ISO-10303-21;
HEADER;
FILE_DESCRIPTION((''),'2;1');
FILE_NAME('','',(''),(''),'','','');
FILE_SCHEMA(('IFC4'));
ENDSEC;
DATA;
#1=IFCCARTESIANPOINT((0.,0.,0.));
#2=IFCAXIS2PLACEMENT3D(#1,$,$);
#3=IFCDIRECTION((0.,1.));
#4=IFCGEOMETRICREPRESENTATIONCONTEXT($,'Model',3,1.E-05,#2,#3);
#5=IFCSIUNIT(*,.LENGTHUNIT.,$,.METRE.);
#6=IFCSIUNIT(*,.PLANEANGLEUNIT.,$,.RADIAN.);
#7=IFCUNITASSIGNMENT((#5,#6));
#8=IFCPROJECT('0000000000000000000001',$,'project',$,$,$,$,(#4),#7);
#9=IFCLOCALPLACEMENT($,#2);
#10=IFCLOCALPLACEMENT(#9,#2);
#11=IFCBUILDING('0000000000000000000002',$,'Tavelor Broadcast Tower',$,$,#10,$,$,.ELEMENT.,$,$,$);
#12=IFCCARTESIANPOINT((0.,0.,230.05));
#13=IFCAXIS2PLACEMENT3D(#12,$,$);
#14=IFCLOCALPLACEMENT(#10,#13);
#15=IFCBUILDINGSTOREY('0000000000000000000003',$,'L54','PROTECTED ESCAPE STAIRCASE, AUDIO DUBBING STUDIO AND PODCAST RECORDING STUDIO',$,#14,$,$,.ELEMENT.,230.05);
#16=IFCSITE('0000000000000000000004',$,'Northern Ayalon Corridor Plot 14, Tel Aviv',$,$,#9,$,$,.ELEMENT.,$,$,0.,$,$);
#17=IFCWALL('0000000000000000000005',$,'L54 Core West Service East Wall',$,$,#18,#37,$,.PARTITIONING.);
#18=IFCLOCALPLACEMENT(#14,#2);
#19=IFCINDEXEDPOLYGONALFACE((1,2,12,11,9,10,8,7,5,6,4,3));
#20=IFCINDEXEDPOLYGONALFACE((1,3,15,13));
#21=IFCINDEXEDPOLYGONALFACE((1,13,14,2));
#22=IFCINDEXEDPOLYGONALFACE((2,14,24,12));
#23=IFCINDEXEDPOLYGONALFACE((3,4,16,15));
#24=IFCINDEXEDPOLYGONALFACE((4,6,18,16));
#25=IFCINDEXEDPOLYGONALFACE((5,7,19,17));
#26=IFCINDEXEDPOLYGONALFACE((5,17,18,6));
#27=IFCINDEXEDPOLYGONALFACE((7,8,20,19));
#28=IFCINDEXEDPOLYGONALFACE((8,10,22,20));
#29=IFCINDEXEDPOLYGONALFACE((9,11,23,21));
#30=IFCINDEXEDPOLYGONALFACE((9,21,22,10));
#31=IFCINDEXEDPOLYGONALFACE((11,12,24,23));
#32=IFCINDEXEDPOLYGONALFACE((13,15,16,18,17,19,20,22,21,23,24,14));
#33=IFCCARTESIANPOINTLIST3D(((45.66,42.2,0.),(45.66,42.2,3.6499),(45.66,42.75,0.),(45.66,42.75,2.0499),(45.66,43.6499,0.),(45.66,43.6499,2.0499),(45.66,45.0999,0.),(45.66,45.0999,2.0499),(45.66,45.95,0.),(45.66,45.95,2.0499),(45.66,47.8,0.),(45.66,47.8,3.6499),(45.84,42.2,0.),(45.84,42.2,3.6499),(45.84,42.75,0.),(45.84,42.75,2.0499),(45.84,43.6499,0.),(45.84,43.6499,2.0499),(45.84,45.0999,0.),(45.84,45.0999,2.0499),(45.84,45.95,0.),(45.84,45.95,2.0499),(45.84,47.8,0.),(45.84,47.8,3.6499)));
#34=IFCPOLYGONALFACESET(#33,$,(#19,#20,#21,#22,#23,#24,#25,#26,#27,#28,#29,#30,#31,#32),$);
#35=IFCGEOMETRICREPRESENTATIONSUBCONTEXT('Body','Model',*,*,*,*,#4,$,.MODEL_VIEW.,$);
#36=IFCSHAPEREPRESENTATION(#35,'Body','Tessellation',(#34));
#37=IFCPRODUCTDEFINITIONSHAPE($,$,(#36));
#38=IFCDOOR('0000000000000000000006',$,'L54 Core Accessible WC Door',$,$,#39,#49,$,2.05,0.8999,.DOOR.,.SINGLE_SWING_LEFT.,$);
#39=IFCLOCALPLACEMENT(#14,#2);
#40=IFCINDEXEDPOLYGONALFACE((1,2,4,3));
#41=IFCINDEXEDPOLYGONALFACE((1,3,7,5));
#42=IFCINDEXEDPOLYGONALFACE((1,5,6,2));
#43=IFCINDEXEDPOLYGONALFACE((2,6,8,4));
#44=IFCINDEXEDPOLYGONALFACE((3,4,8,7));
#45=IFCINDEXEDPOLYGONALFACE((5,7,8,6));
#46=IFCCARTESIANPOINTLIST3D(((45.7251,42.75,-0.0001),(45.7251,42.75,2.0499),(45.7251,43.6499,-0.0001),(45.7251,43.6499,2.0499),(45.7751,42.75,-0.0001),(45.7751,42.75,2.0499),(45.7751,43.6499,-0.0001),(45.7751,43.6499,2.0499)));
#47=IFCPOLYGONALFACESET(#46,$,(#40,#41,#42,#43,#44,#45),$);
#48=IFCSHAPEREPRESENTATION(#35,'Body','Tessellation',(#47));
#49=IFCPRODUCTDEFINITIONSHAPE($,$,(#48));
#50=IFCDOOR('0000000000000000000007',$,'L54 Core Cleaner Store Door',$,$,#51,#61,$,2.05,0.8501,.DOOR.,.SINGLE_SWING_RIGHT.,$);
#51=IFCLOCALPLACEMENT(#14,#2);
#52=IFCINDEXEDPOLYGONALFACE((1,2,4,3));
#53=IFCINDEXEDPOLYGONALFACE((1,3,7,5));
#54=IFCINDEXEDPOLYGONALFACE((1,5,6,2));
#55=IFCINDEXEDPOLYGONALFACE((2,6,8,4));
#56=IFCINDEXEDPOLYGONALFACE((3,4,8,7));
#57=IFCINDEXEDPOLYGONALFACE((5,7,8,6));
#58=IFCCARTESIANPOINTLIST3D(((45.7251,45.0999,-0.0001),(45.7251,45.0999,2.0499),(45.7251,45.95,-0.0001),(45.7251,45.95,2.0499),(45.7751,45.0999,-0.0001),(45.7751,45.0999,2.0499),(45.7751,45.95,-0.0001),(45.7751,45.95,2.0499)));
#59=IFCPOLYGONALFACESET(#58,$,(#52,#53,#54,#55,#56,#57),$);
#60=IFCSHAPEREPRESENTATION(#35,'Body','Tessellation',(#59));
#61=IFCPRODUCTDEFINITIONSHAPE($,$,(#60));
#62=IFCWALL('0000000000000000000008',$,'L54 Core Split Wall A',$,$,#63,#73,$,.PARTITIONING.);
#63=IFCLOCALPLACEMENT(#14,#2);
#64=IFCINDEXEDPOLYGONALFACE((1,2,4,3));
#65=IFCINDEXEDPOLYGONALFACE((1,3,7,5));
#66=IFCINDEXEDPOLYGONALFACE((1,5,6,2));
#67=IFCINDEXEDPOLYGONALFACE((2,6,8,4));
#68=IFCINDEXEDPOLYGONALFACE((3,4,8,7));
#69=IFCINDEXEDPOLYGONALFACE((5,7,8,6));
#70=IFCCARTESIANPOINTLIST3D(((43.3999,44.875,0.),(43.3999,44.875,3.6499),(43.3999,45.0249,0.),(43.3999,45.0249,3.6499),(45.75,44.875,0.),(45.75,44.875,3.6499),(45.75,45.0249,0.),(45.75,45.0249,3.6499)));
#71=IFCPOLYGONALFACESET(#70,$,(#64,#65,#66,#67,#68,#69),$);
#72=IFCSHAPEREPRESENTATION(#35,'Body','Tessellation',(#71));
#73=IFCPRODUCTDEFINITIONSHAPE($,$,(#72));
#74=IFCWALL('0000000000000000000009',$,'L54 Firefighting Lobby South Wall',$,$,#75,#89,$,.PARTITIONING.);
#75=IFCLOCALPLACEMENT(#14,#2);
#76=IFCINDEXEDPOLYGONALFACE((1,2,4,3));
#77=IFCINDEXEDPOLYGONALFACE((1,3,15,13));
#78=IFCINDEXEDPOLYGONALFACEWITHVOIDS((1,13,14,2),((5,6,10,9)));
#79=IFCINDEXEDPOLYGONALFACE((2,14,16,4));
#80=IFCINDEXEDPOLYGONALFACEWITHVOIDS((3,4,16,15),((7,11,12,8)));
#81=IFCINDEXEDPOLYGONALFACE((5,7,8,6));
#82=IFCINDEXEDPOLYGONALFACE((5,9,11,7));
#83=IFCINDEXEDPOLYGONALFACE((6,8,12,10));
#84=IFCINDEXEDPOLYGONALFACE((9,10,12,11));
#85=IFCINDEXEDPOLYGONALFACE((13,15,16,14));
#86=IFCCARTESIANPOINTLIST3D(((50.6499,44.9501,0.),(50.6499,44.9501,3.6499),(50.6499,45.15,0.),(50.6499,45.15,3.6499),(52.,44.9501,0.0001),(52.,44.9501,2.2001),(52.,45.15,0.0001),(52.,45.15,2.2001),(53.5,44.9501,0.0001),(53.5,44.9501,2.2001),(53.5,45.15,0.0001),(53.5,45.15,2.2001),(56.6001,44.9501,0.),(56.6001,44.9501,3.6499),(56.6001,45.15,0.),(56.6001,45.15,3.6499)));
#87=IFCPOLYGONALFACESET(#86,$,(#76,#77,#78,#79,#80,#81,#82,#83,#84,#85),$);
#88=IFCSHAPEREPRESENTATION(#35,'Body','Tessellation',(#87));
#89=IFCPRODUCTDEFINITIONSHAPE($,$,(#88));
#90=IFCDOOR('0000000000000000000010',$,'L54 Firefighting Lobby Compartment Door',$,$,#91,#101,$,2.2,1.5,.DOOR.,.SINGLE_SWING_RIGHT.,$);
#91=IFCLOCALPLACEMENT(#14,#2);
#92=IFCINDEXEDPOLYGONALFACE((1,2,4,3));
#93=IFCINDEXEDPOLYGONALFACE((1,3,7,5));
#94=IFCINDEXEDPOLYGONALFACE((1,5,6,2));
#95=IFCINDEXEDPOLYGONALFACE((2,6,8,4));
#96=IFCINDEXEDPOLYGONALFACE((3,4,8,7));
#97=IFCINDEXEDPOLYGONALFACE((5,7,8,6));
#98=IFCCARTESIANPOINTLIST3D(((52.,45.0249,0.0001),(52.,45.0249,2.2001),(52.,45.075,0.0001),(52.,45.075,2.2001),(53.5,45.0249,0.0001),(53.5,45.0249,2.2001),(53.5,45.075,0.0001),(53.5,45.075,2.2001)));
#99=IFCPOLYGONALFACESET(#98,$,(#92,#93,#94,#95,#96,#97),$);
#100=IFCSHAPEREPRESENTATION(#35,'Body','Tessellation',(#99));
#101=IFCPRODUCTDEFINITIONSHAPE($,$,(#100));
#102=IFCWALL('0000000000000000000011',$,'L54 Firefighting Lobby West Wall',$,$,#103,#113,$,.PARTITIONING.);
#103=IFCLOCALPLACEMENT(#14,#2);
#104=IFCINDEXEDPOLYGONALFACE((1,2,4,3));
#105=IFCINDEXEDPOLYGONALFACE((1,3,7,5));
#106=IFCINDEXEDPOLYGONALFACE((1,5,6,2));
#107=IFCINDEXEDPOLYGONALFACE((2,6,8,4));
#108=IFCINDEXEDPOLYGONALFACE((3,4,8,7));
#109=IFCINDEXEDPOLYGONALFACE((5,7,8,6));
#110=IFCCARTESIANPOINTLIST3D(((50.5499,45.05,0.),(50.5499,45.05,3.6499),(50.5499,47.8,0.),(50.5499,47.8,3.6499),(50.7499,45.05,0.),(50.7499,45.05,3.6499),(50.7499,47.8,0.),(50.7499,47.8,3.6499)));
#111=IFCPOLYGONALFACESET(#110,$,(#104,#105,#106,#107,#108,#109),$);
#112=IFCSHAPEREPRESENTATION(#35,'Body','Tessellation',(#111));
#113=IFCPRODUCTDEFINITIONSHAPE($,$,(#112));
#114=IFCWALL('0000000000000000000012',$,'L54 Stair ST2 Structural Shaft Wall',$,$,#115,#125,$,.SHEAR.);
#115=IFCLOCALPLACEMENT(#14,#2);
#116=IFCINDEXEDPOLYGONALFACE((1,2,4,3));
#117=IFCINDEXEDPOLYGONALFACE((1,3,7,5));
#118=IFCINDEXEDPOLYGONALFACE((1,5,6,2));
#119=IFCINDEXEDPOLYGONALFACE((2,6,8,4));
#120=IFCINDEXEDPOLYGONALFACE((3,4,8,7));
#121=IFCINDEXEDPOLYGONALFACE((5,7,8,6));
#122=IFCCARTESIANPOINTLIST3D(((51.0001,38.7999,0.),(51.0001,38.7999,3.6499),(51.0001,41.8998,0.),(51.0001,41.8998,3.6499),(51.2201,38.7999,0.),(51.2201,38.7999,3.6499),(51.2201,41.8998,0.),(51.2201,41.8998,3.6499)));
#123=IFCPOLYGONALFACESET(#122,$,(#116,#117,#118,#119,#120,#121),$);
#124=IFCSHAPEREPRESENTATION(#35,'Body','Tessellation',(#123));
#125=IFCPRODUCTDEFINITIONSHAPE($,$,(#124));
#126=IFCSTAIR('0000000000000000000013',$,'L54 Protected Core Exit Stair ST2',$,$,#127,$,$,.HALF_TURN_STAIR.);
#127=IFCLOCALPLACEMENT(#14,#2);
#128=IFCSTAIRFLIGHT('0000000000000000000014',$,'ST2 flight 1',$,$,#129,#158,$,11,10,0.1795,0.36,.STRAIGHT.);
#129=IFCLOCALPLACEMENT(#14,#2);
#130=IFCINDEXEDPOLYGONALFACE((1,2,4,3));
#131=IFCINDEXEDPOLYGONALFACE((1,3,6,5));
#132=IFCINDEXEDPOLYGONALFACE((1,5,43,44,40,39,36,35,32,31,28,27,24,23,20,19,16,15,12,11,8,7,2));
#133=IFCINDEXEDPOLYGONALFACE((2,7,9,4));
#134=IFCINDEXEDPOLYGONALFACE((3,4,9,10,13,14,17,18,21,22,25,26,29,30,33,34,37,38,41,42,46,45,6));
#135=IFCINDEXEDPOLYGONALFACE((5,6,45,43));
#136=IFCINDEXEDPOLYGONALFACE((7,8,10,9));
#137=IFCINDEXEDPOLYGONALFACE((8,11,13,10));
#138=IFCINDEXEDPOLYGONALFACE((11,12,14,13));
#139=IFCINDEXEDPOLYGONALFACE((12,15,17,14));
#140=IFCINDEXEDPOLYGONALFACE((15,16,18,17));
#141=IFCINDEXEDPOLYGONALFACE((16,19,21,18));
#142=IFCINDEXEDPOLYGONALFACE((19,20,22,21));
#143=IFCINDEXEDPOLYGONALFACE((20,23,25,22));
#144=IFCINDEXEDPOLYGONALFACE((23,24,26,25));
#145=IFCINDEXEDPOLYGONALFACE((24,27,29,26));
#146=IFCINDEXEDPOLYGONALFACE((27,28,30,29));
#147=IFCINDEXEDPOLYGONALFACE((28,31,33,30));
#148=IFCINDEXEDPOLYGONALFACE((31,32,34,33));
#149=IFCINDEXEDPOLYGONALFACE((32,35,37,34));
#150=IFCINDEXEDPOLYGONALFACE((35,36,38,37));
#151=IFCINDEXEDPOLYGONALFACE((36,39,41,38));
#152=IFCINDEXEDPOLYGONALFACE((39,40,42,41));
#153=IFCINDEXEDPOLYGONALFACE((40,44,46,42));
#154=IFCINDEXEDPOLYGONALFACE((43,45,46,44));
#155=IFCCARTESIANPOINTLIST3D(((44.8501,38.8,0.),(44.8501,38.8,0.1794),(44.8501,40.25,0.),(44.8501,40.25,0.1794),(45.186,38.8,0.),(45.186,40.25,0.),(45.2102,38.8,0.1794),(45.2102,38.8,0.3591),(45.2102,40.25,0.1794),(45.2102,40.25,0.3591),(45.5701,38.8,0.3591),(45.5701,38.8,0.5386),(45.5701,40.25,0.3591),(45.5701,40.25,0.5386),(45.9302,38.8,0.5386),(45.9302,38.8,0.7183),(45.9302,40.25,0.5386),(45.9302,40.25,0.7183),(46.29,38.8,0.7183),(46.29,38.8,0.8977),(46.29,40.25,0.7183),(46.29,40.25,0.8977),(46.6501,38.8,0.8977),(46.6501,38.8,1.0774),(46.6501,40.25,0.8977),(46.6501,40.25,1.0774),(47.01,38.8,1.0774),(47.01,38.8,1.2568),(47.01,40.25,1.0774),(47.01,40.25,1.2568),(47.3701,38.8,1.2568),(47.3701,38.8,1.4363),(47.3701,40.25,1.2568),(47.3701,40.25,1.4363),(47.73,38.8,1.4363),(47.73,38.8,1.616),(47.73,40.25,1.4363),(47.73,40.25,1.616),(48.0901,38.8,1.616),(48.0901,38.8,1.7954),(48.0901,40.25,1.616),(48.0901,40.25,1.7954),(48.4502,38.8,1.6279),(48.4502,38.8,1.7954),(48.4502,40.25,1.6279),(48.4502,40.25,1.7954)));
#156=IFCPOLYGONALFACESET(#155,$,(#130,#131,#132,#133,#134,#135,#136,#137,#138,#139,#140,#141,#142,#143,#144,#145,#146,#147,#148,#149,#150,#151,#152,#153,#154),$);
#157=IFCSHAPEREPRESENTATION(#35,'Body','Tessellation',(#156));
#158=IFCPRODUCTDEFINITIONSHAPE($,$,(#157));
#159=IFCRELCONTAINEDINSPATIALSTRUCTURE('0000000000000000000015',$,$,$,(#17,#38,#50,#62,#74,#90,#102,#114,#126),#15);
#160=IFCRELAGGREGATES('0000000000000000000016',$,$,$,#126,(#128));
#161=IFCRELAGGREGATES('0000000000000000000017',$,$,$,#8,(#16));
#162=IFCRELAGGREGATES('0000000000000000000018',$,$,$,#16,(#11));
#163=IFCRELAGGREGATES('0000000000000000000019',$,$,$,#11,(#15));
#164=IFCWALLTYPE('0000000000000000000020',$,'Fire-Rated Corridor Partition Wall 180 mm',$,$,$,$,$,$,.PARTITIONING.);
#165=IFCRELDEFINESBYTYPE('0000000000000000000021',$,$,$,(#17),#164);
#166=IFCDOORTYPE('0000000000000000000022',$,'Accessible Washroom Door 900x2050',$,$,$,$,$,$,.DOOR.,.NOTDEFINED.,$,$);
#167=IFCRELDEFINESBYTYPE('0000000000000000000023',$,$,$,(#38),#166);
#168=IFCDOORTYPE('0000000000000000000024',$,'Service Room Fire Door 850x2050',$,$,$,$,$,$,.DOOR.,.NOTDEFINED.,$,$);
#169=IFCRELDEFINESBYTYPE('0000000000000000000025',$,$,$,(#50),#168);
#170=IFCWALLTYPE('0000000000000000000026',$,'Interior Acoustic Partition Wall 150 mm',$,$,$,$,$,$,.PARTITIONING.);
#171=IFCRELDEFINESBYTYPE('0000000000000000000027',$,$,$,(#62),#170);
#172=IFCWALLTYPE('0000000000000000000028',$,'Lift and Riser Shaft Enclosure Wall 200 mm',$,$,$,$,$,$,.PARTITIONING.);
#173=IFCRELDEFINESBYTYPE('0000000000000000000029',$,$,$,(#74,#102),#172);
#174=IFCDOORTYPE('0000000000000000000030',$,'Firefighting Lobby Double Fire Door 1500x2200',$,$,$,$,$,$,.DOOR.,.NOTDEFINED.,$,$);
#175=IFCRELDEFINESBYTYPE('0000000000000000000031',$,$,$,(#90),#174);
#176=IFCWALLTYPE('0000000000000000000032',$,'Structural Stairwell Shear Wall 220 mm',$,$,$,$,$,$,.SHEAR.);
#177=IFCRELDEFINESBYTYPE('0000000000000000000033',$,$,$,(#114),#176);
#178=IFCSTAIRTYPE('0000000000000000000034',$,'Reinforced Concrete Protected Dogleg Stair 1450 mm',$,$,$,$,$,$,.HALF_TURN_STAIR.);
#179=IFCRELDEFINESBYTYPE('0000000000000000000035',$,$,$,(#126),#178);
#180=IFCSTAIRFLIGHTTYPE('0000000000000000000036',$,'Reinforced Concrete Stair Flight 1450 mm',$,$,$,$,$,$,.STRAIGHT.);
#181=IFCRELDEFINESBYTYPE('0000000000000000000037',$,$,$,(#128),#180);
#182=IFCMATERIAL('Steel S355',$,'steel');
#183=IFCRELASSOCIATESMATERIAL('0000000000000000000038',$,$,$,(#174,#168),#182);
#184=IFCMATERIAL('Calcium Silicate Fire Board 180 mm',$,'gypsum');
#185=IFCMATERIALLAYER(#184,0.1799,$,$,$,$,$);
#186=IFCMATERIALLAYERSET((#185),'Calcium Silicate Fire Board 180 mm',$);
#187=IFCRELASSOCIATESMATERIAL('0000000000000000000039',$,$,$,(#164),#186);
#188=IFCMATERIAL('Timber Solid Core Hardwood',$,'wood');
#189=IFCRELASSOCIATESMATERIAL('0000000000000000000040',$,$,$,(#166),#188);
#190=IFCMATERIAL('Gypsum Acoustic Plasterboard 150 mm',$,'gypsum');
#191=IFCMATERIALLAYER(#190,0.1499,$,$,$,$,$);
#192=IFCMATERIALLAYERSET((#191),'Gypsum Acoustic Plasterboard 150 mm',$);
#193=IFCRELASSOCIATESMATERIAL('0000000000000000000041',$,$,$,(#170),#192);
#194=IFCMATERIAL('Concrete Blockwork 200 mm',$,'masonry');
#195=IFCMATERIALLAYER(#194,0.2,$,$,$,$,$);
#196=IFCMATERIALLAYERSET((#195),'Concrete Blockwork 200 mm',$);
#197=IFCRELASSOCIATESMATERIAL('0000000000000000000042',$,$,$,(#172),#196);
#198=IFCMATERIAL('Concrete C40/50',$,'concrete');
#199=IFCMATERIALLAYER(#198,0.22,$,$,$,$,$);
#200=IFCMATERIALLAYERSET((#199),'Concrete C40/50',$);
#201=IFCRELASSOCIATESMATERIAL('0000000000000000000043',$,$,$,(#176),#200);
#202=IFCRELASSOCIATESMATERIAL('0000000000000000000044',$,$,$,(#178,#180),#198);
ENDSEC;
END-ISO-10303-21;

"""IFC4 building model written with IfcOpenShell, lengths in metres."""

from ifc_helpers import new_model, si_unit, direction, frame, frame_2d, origin, place, context, subcontext, project, spatial, polyline, rectangle, outline, extrude, material, layer, layer_set, type_object, element, fill, aggregate, save


model = new_model("IFC4")

# Units and contexts
model_context = context("Model", 3, precision=1e-05, world=origin(), true_north=direction((0.0, 1.0)))
body_context = subcontext(model_context, "Body", "Model", "MODEL_VIEW")
ifc_project = project(units=[si_unit("LENGTHUNIT", "METRE"), si_unit("PLANEANGLEUNIT", "RADIAN")], contexts=[model_context])

# Site, building, storey
site_placement = place(None, origin())
site = spatial("IfcSite", under=ifc_project, at=site_placement, Name="Northern Ayalon Corridor Plot 14, Tel Aviv", CompositionType="ELEMENT", RefElevation=0.0)
building_placement = place(site_placement, origin())
building = spatial("IfcBuilding", under=site, at=building_placement, Name="Tavelor Broadcast Tower", CompositionType="ELEMENT")
storey_placement = place(building_placement, frame((0.0, 0.0, 230.05)))
storey = spatial("IfcBuildingStorey", under=building, at=storey_placement, Name="L54", Description="PROTECTED ESCAPE STAIRCASE, AUDIO DUBBING STUDIO AND PODCAST RECORDING STUDIO", CompositionType="ELEMENT", Elevation=230.05)

# Shared definitions
ifc_material_1 = material(Name="Concrete C40/50", Category="concrete")
ifc_material_2 = material(Name="Steel S355", Category="steel")

# Shared definitions
door_type_1 = type_object("IfcDoorType", Name="Firefighting Lobby Double Fire Door 1500x2200", OperationType="NOTDEFINED", PredefinedType="DOOR", material=ifc_material_2)

# Wall, openings, doors
ifc_material_3 = material(Name="Calcium Silicate Fire Board 180 mm", Category="gypsum")
ifc_layer_1 = layer(ifc_material_3, 0.1799)
ifc_layer_set_1 = layer_set([ifc_layer_1], Name="Calcium Silicate Fire Board 180 mm")
wall_type_1 = type_object("IfcWallType", Name="Fire-Rated Corridor Partition Wall 180 mm", PredefinedType="PARTITIONING", material=ifc_layer_set_1)
wall_1_placement = place(storey_placement, frame((45.75, 42.2, 0.0), z_axis=(0.0, 0.0, 1.0), x_axis=(0.0, 1.0, 0.0)))
wall_1 = element("IfcWall", 1, at=wall_1_placement, inside=storey, type_object=wall_type_1, Name="L54 Core West Service East Wall", PredefinedType="PARTITIONING", context=body_context, shape_type="SweptSolid", body=[
    extrude(rectangle(XDim=5.6001, YDim=0.1799, at=frame_2d((2.8, 0.0))), origin(), (0.0, 0.0, 1.0), 3.6499),
])
opening_1_placement = place(wall_1_placement, frame((0.55, 0.0, 0.0)))
opening_1 = element("IfcOpeningElement", 2, at=opening_1_placement, cuts=wall_1, PredefinedType="OPENING", context=body_context, shape_type="SweptSolid", body=[
    extrude(rectangle(XDim=0.8999, YDim=2.05, at=frame_2d((0.45, 1.0249))), frame((0.0, 0.1001, 0.0), z_axis=(0.0, -1.0, 0.0), x_axis=(1.0, 0.0, 0.0)), (0.0, 0.0, 1.0), 0.2),
])
opening_2_placement = place(wall_1_placement, frame((2.8999, 0.0, 0.0)))
opening_2 = element("IfcOpeningElement", 3, at=opening_2_placement, cuts=wall_1, PredefinedType="OPENING", context=body_context, shape_type="SweptSolid", body=[
    extrude(rectangle(XDim=0.8501, YDim=2.05, at=frame_2d((0.425, 1.0249))), frame((0.0, 0.1001, 0.0), z_axis=(0.0, -1.0, 0.0), x_axis=(1.0, 0.0, 0.0)), (0.0, 0.0, 1.0), 0.2),
])
ifc_material_4 = material(Name="Timber Solid Core Hardwood", Category="wood")
door_type_2 = type_object("IfcDoorType", Name="Accessible Washroom Door 900x2050", OperationType="NOTDEFINED", PredefinedType="DOOR", material=ifc_material_4)
door_1_placement = place(opening_1_placement, origin())
door_1 = element("IfcDoor", 4, at=door_1_placement, inside=storey, type_object=door_type_2, Name="L54 Core Accessible WC Door", OperationType="SINGLE_SWING_LEFT", OverallHeight=2.05, OverallWidth=0.8999, PredefinedType="DOOR", context=body_context, shape_type="SweptSolid", body=[
    extrude(rectangle(XDim=0.8999, YDim=2.05, at=frame_2d((0.45, 1.0249))), frame((0.0, 0.0249, 0.0), z_axis=(0.0, -1.0, 0.0), x_axis=(1.0, 0.0, 0.0)), (0.0, 0.0, 1.0), 0.05),
])
fill(opening_1, door_1)
door_type_3 = type_object("IfcDoorType", Name="Service Room Fire Door 850x2050", OperationType="NOTDEFINED", PredefinedType="DOOR", material=ifc_material_2)
door_2_placement = place(opening_2_placement, origin())
door_2 = element("IfcDoor", 5, at=door_2_placement, inside=storey, type_object=door_type_3, Name="L54 Core Cleaner Store Door", OperationType="SINGLE_SWING_RIGHT", OverallHeight=2.05, OverallWidth=0.8501, PredefinedType="DOOR", context=body_context, shape_type="SweptSolid", body=[
    extrude(rectangle(XDim=0.8501, YDim=2.05, at=frame_2d((0.425, 1.0249))), frame((0.0, 0.0249, 0.0), z_axis=(0.0, -1.0, 0.0), x_axis=(1.0, 0.0, 0.0)), (0.0, 0.0, 1.0), 0.05),
])
fill(opening_2, door_2)

# Wall
ifc_material_5 = material(Name="Gypsum Acoustic Plasterboard 150 mm", Category="gypsum")
ifc_layer_2 = layer(ifc_material_5, 0.1499)
ifc_layer_set_2 = layer_set([ifc_layer_2], Name="Gypsum Acoustic Plasterboard 150 mm")
wall_type_2 = type_object("IfcWallType", Name="Interior Acoustic Partition Wall 150 mm", PredefinedType="PARTITIONING", material=ifc_layer_set_2)
wall_2_placement = place(storey_placement, frame((43.3999, 44.95, 0.0), z_axis=(0.0, 0.0, 1.0), x_axis=(1.0, 0.0, 0.0)))
element("IfcWall", 6, at=wall_2_placement, inside=storey, type_object=wall_type_2, Name="L54 Core Split Wall A", PredefinedType="PARTITIONING", context=body_context, shape_type="SweptSolid", body=[
    extrude(rectangle(XDim=2.3501, YDim=0.1499, at=frame_2d((1.175, 0.0))), origin(), (0.0, 0.0, 1.0), 3.6499),
])

# Wall, opening, door
ifc_material_6 = material(Name="Concrete Blockwork 200 mm", Category="masonry")
ifc_layer_3 = layer(ifc_material_6, 0.2)
ifc_layer_set_3 = layer_set([ifc_layer_3], Name="Concrete Blockwork 200 mm")
wall_type_3 = type_object("IfcWallType", Name="Lift and Riser Shaft Enclosure Wall 200 mm", PredefinedType="PARTITIONING", material=ifc_layer_set_3)
wall_3_placement = place(storey_placement, frame((50.6499, 45.05, 0.0), z_axis=(0.0, 0.0, 1.0), x_axis=(1.0, 0.0, 0.0)))
wall_3 = element("IfcWall", 7, at=wall_3_placement, inside=storey, type_object=wall_type_3, Name="L54 Firefighting Lobby South Wall", PredefinedType="PARTITIONING", context=body_context, shape_type="SweptSolid", body=[
    extrude(rectangle(XDim=5.9502, YDim=0.2, at=frame_2d((2.9751, 0.0))), origin(), (0.0, 0.0, 1.0), 3.6499),
])
opening_3_placement = place(wall_3_placement, frame((1.3501, 0.0, 0.0)))
opening_3 = element("IfcOpeningElement", 8, at=opening_3_placement, cuts=wall_3, PredefinedType="OPENING", context=body_context, shape_type="SweptSolid", body=[
    extrude(rectangle(XDim=1.5, YDim=2.2, at=frame_2d((0.75, 1.1001))), frame((0.0, 0.1099, 0.0), z_axis=(0.0, -1.0, 0.0), x_axis=(1.0, 0.0, 0.0)), (0.0, 0.0, 1.0), 0.22),
])
door_3_placement = place(opening_3_placement, origin())
door_3 = element("IfcDoor", 9, at=door_3_placement, inside=storey, type_object=door_type_1, Name="L54 Firefighting Lobby Compartment Door", OperationType="SINGLE_SWING_RIGHT", OverallHeight=2.2, OverallWidth=1.5, PredefinedType="DOOR", context=body_context, shape_type="SweptSolid", body=[
    extrude(rectangle(XDim=1.5, YDim=2.2, at=frame_2d((0.75, 1.1001))), frame((0.0, 0.0249, 0.0), z_axis=(0.0, -1.0, 0.0), x_axis=(1.0, 0.0, 0.0)), (0.0, 0.0, 1.0), 0.05),
])
fill(opening_3, door_3)

# Walls
wall_4_placement = place(storey_placement, frame((50.6499, 45.05, 0.0), z_axis=(0.0, 0.0, 1.0), x_axis=(0.0, 1.0, 0.0)))
element("IfcWall", 10, at=wall_4_placement, inside=storey, type_object=wall_type_3, Name="L54 Firefighting Lobby West Wall", PredefinedType="PARTITIONING", context=body_context, shape_type="SweptSolid", body=[
    extrude(rectangle(XDim=2.75, YDim=0.2, at=frame_2d((1.375, 0.0))), origin(), (0.0, 0.0, 1.0), 3.6499),
])
ifc_layer_4 = layer(ifc_material_1, 0.22)
ifc_layer_set_4 = layer_set([ifc_layer_4], Name="Concrete C40/50")
wall_type_4 = type_object("IfcWallType", Name="Structural Stairwell Shear Wall 220 mm", PredefinedType="SHEAR", material=ifc_layer_set_4)
wall_5_placement = place(storey_placement, frame((51.1101, 38.8, 0.0), z_axis=(0.0, 0.0, 1.0), x_axis=(0.0, 1.0, 0.0)))
element("IfcWall", 11, at=wall_5_placement, inside=storey, type_object=wall_type_4, Name="L54 Stair ST2 Structural Shaft Wall", PredefinedType="SHEAR", context=body_context, shape_type="SweptSolid", body=[
    extrude(rectangle(XDim=3.0999, YDim=0.22, at=frame_2d((1.5498, 0.0))), origin(), (0.0, 0.0, 1.0), 3.6499),
])

# Stair, stair flight
stair_type = type_object("IfcStairType", Name="Reinforced Concrete Protected Dogleg Stair 1450 mm", PredefinedType="HALF_TURN_STAIR", material=ifc_material_1)
stair_placement = place(storey_placement, origin())
stair = element("IfcStair", 12, at=stair_placement, inside=storey, type_object=stair_type, Name="L54 Protected Core Exit Stair ST2", PredefinedType="HALF_TURN_STAIR")
stair_flight_type = type_object("IfcStairFlightType", Name="Reinforced Concrete Stair Flight 1450 mm", PredefinedType="STRAIGHT", material=ifc_material_1)
stair_flight_1_placement = place(storey_placement, frame((44.8501, 39.5249, 0.0), z_axis=(0.0, 0.0, 1.0), x_axis=(1.0, 0.0, 0.0)))
stair_flight_1 = element("IfcStairFlight", 13, at=stair_flight_1_placement, type_object=stair_flight_type, Name="ST2 flight 1", NumberOfRisers=11, NumberOfTreads=10, PredefinedType="STRAIGHT", RiserHeight=0.1795, TreadLength=0.36, context=body_context, shape_type="SweptSolid", body=[
    extrude(outline(polyline([(0.0, 0.0), (0.0, 0.1794), (0.3601, 0.1794), (0.3601, 0.3591), (0.72, 0.3591), (0.72, 0.5386), (1.0801, 0.5386), (1.0801, 0.7183), (1.4399, 0.7183), (1.4399, 0.8977), (1.8, 0.8977), (1.8, 1.0774), (2.1599, 1.0774), (2.1599, 1.2568), (2.52, 1.2568), (2.52, 1.4363), (2.8799, 1.4363), (2.8799, 1.616), (3.24, 1.616), (3.24, 1.7954), (3.6001, 1.7954), (3.6001, 1.9751), (3.6001, 1.6279), (0.3359, 0.0), (0.0, 0.0)])), frame((0.0, 0.7251, 0.0), z_axis=(0.0, -1.0, 0.0), x_axis=(1.0, 0.0, 0.0)), (0.0, 0.0, 1.0), 1.45),
])
aggregate(stair, [stair_flight_1])

save(model, "model.ifc")
